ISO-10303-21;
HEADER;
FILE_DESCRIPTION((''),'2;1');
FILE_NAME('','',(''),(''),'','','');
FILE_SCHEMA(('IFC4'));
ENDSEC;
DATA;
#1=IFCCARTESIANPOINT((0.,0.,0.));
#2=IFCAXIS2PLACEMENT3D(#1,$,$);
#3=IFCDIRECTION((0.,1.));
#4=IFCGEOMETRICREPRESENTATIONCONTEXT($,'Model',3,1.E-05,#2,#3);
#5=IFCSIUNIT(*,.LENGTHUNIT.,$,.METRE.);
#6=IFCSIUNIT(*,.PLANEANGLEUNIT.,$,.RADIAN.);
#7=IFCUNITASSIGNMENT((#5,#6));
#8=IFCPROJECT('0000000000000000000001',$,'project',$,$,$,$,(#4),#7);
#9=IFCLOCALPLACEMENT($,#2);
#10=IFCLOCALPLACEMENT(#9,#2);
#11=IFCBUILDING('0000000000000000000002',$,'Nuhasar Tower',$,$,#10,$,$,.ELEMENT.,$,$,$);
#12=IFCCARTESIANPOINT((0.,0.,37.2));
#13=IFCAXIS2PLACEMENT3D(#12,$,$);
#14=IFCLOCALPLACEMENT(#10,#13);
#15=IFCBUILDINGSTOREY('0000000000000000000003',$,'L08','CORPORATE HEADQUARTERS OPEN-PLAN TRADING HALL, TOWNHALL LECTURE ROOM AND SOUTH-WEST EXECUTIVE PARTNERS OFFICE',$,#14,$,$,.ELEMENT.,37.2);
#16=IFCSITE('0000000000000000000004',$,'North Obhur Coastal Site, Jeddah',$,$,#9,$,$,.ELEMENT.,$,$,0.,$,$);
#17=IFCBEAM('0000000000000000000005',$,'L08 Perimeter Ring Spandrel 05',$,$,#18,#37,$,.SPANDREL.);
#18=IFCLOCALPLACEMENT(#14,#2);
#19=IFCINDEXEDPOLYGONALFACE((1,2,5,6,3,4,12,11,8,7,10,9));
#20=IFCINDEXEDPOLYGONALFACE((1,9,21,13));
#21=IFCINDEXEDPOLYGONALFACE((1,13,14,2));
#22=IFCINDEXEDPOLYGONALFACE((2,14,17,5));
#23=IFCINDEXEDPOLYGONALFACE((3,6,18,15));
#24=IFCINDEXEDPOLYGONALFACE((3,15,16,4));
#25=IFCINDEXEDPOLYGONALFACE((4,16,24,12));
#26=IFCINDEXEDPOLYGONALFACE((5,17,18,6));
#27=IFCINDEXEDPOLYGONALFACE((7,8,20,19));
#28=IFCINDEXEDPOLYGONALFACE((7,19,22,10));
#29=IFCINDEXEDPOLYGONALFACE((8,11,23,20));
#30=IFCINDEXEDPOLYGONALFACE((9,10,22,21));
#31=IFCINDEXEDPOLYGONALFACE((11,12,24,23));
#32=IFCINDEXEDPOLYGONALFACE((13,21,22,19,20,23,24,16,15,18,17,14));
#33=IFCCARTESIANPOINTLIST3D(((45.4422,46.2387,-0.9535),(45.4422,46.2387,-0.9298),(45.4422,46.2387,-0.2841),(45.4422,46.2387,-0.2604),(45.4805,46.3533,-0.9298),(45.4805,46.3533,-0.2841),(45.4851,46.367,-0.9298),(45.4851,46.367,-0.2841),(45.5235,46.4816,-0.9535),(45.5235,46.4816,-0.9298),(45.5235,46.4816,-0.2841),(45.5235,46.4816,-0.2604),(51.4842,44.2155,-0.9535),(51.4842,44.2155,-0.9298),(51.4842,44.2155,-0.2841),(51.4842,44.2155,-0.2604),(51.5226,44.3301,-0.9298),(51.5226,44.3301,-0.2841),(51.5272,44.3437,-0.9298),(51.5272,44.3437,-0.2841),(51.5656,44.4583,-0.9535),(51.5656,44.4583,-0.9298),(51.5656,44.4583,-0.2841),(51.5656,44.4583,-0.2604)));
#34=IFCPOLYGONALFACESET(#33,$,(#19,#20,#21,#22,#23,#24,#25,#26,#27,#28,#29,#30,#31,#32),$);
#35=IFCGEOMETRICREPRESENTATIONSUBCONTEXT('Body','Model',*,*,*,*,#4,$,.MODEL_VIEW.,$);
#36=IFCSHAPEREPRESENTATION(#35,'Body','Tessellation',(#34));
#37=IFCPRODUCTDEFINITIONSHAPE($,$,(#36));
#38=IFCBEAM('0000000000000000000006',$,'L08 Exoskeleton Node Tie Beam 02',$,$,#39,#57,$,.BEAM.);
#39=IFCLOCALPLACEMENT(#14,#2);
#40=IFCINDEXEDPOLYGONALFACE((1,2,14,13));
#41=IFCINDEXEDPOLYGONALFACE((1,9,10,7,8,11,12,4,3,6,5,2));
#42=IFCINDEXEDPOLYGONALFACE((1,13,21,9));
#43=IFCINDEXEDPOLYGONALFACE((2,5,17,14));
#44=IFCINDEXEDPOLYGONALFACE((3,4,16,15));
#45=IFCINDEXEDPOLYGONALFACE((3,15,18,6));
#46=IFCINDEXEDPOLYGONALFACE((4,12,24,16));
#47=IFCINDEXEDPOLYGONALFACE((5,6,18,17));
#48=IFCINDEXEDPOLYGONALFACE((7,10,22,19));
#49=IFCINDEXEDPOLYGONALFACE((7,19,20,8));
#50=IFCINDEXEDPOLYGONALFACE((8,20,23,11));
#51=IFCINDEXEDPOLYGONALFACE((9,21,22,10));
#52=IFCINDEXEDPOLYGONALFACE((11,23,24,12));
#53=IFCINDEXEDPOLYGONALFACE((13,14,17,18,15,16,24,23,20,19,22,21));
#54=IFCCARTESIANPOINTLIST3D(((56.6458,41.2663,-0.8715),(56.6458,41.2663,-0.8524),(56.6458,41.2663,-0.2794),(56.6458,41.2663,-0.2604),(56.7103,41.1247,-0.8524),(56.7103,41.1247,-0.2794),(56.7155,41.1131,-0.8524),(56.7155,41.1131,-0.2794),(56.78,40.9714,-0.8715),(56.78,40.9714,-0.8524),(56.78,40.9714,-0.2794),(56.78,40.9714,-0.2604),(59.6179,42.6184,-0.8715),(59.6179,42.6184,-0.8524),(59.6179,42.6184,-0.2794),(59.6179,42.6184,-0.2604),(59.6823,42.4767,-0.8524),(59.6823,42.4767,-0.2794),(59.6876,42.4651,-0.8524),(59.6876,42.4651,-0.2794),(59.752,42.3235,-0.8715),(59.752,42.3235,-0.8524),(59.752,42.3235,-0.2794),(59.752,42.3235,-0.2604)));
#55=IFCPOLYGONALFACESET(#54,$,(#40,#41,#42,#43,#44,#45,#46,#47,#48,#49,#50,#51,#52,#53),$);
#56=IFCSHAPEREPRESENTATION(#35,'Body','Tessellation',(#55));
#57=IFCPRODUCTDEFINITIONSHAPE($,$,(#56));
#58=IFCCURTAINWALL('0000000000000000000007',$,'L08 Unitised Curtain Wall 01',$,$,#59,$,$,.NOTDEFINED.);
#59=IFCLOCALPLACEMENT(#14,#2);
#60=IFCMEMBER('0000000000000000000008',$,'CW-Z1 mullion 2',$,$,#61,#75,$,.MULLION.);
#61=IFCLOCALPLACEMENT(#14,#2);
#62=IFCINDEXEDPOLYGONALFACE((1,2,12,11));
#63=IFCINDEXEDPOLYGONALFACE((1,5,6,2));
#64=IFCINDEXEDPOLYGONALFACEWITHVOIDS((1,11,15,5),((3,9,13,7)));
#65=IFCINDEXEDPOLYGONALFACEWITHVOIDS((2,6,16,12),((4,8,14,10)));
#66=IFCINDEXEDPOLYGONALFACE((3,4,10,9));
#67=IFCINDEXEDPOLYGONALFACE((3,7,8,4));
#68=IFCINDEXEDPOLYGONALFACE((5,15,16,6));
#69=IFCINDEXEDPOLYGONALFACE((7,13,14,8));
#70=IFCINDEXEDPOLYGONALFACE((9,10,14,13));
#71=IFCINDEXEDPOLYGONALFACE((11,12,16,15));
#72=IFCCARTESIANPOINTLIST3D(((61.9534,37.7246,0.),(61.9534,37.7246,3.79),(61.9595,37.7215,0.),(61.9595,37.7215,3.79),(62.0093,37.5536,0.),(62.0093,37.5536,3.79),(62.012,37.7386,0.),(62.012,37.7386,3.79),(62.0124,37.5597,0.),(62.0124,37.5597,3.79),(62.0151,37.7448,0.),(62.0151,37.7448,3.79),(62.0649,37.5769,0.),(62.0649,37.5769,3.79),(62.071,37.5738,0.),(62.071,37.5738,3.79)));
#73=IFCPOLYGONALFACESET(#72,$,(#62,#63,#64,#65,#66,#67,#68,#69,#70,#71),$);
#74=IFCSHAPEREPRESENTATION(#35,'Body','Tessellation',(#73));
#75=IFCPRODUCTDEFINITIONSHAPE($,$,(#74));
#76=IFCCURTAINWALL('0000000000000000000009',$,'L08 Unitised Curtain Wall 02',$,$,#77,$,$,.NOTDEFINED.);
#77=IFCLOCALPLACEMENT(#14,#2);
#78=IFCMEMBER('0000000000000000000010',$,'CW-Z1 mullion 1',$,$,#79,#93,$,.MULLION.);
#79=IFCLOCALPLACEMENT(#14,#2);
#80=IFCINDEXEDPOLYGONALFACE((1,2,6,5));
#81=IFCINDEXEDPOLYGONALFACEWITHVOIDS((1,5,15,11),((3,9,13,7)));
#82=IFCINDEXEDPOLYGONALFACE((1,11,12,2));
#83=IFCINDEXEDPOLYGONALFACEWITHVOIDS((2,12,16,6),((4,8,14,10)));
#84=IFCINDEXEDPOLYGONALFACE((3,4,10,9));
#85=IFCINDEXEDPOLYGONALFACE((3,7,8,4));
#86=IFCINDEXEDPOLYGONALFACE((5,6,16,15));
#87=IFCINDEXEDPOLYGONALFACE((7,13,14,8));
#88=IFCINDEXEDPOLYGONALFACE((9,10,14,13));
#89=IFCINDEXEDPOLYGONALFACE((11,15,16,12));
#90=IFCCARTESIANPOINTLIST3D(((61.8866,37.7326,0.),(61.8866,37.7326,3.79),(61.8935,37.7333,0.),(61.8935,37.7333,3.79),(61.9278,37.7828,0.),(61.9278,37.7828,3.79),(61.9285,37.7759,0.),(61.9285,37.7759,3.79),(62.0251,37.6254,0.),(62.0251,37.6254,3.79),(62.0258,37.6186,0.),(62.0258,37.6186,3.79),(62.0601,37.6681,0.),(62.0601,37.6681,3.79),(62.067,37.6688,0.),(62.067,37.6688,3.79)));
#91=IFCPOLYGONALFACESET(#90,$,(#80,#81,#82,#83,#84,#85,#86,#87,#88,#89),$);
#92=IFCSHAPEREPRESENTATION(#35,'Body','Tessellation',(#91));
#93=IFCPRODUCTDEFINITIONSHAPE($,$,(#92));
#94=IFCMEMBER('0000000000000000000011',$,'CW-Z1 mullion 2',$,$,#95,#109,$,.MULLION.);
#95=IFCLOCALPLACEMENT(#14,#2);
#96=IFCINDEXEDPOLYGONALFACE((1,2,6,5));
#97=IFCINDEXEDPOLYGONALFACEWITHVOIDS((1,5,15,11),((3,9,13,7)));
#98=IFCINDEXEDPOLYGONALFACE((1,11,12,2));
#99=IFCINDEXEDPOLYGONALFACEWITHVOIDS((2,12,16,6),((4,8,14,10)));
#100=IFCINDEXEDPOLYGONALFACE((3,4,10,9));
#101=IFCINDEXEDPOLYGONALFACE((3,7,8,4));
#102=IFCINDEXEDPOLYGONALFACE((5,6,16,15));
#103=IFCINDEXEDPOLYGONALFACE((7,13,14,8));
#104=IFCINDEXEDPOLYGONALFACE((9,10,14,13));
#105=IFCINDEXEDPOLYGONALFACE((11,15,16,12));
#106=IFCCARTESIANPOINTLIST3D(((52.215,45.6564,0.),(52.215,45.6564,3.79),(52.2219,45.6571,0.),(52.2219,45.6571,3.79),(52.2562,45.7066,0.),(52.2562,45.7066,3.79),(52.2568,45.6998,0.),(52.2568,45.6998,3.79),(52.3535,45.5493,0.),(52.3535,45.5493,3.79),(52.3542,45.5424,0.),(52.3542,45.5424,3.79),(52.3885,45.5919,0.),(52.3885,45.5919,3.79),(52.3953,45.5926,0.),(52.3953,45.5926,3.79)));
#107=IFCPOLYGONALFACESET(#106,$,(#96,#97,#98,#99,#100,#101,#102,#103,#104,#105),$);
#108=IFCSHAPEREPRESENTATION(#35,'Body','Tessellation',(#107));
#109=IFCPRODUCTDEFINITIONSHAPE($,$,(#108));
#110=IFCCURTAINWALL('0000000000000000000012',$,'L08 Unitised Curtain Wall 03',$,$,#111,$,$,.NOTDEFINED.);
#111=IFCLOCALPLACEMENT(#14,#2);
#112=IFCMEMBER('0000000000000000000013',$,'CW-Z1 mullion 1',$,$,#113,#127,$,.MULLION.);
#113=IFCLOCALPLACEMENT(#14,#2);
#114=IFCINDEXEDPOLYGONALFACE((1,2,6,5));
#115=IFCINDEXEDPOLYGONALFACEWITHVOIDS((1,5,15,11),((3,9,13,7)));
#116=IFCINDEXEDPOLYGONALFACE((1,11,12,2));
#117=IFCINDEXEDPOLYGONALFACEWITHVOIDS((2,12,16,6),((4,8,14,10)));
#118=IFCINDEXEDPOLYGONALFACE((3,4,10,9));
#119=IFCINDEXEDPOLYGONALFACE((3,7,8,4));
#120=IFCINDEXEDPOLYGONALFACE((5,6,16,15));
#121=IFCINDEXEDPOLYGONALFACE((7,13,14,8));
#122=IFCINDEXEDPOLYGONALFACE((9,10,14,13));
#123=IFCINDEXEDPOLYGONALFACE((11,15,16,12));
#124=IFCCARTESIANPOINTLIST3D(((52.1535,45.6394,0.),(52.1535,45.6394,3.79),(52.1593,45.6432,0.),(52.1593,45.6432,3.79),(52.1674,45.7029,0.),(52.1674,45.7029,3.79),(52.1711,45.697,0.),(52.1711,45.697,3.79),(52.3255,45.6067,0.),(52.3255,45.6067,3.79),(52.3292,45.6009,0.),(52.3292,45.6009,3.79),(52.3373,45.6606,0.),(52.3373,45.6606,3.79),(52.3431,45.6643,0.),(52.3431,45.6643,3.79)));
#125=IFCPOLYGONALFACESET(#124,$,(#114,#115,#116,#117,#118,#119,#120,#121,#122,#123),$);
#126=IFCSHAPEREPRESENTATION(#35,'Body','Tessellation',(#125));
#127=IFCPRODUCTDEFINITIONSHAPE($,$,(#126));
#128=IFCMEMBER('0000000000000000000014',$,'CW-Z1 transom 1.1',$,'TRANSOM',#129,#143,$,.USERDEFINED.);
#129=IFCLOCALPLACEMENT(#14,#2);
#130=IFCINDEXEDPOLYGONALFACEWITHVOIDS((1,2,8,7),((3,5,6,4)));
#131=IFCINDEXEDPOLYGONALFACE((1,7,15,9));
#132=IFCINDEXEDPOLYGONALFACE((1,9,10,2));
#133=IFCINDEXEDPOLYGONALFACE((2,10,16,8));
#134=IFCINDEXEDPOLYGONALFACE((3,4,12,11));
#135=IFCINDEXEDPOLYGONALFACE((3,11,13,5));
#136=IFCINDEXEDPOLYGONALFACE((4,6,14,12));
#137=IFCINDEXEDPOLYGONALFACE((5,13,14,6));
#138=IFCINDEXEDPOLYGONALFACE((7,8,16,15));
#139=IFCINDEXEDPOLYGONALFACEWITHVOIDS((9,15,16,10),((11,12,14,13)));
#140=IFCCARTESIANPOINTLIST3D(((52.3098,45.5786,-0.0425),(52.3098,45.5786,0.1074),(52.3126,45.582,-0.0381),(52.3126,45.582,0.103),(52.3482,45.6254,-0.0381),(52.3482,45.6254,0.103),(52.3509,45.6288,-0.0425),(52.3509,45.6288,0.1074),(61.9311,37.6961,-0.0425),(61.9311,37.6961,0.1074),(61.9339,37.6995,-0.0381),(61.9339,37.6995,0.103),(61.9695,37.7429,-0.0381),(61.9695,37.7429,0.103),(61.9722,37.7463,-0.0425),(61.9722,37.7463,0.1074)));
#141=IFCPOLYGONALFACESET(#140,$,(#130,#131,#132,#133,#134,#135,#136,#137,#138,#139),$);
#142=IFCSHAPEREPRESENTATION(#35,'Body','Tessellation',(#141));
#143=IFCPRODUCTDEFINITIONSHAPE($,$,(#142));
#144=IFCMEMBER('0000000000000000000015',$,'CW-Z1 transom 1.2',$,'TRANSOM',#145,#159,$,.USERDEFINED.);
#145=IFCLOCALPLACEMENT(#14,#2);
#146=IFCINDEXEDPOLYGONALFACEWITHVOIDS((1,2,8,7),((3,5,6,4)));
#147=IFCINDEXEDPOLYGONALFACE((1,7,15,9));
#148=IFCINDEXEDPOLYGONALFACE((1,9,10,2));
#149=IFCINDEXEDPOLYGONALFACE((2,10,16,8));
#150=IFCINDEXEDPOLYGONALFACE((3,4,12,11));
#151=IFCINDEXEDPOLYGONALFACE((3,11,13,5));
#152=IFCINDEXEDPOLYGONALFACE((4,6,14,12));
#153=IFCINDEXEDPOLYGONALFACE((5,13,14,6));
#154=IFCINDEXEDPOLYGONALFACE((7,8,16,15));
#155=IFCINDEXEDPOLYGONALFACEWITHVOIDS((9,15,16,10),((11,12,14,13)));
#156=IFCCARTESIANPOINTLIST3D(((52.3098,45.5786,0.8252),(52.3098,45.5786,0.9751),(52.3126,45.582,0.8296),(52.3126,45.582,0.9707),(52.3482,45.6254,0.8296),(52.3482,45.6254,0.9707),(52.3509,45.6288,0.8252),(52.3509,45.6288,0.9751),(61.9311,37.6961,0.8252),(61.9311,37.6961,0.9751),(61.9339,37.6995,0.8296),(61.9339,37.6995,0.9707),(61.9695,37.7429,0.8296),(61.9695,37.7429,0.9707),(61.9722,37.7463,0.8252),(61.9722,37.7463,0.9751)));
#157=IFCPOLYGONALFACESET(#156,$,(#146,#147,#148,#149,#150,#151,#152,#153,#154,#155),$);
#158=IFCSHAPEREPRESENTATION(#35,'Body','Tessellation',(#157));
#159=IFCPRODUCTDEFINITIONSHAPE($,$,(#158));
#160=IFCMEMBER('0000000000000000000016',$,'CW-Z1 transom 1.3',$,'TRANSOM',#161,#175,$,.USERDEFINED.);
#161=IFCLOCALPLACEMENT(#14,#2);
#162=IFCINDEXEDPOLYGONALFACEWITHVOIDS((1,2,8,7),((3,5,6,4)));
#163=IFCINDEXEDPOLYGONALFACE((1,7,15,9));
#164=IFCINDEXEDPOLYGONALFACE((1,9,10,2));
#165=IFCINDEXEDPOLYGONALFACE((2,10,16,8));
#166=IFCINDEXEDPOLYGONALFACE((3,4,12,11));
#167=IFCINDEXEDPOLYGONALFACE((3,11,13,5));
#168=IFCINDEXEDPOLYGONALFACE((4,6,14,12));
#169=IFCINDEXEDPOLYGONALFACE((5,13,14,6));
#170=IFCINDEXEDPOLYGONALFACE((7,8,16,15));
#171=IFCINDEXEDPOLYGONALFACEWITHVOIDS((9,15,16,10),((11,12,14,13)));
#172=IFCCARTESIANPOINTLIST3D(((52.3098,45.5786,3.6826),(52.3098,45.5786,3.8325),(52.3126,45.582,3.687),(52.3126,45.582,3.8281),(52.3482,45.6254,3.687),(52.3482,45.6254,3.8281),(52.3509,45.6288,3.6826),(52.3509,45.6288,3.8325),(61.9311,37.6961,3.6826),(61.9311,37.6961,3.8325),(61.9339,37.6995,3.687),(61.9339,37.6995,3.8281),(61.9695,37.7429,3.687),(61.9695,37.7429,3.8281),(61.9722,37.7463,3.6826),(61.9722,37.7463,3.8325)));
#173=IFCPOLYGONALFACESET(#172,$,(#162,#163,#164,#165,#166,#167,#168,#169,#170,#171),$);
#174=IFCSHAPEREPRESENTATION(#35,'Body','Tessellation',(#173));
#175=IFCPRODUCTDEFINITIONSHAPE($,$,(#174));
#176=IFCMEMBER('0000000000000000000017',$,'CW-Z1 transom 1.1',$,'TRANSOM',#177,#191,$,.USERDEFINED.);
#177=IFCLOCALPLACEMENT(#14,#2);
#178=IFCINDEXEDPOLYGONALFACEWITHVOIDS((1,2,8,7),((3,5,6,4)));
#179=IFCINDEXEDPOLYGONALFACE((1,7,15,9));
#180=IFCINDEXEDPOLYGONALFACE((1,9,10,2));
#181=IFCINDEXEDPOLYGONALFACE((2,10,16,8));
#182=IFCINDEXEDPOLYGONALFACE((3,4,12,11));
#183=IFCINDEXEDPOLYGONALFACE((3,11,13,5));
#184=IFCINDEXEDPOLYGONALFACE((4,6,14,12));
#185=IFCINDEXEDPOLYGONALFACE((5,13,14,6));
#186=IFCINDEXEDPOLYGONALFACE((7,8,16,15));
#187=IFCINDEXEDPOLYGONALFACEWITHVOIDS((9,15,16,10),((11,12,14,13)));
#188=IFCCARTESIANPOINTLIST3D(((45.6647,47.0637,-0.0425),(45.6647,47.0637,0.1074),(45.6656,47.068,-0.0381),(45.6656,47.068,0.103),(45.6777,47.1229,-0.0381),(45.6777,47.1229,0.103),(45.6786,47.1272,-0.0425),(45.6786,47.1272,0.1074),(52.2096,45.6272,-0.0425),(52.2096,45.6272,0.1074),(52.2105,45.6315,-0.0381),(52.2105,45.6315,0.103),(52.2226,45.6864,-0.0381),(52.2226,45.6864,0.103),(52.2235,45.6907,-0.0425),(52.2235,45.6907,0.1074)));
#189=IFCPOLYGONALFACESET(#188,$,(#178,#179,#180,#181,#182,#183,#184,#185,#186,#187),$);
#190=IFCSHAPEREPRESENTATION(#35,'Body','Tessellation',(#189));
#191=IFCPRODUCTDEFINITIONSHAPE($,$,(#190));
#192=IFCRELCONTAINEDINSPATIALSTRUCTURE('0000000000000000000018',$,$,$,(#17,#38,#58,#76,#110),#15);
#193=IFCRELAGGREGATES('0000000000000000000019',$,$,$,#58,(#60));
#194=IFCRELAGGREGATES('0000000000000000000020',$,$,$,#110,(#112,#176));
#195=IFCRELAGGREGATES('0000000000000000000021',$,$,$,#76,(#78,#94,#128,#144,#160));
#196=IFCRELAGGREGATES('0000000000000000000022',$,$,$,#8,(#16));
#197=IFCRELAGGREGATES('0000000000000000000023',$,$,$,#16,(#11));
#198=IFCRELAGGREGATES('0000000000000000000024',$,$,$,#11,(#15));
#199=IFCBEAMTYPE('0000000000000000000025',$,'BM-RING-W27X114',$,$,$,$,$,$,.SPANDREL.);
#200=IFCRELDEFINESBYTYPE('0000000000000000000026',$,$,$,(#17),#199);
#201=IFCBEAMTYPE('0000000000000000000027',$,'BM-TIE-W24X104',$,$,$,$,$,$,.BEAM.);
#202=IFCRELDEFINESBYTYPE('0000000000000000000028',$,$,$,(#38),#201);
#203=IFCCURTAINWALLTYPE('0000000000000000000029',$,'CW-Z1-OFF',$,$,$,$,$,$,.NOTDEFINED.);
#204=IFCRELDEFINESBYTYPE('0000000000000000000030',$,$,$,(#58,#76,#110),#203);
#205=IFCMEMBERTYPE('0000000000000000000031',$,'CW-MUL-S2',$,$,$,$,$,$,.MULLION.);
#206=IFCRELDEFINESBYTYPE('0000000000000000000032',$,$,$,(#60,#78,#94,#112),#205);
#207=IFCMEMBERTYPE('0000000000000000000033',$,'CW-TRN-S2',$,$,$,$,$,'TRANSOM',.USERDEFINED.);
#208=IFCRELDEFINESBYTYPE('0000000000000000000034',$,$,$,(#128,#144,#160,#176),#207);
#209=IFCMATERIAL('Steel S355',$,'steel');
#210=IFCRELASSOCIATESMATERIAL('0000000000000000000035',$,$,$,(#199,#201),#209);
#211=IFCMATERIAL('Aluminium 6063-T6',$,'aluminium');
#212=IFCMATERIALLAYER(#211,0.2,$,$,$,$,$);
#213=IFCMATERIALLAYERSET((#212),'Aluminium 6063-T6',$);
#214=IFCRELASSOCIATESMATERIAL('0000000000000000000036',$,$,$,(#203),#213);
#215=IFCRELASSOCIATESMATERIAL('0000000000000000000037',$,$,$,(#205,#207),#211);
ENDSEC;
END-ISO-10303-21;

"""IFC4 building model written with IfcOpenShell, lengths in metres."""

from ifc_helpers import new_model, si_unit, direction, frame, origin, origin_2d, place, context, subcontext, project, spatial, hollow_rectangle, i_section, extrude, material, layer, layer_set, material_profile, profile_set, type_object, element, aggregate, save


model = new_model("IFC4")

# Units and contexts
model_context = context("Model", 3, precision=1e-05, world=origin(), true_north=direction((0.0, 1.0)))
body_context = subcontext(model_context, "Body", "Model", "MODEL_VIEW")
ifc_project = project(units=[si_unit("LENGTHUNIT", "METRE"), si_unit("PLANEANGLEUNIT", "RADIAN")], contexts=[model_context])

# Site, building, storey
site_placement = place(None, origin())
site = spatial("IfcSite", under=ifc_project, at=site_placement, Name="North Obhur Coastal Site, Jeddah", CompositionType="ELEMENT", RefElevation=0.0)
building_placement = place(site_placement, origin())
building = spatial("IfcBuilding", under=site, at=building_placement, Name="Nuhasar Tower", CompositionType="ELEMENT")
storey_placement = place(building_placement, frame((0.0, 0.0, 37.2)))
storey = spatial("IfcBuildingStorey", under=building, at=storey_placement, Name="L08", Description="CORPORATE HEADQUARTERS OPEN-PLAN TRADING HALL, TOWNHALL LECTURE ROOM AND SOUTH-WEST EXECUTIVE PARTNERS OFFICE", CompositionType="ELEMENT", Elevation=37.2)

# Beams
ifc_material_1 = material(Name="Steel S355", Category="steel")
ifc_material_profile_1 = material_profile(ifc_material_1, i_section(OverallWidth=0.2561, OverallDepth=0.6931, WebThickness=0.0144, FlangeThickness=0.0237, at=origin_2d()), Name="W27X114")
ifc_profile_set_1 = profile_set([ifc_material_profile_1], Name="Steel S355")
beam_type_1 = type_object("IfcBeamType", Name="BM-RING-W27X114", PredefinedType="SPANDREL", material=ifc_profile_set_1)
beam_1_placement = place(storey_placement, frame((51.5249, 44.3369, -0.6069), z_axis=(-0.948249, 0.317526, 0.0), x_axis=(-0.317526, -0.948249, 0.0)))
element("IfcBeam", 1, at=beam_1_placement, inside=storey, type_object=beam_type_1, Name="L08 Perimeter Ring Spandrel 05", PredefinedType="SPANDREL", context=body_context, shape_type="SweptSolid", body=[
    extrude(i_section(OverallWidth=0.2561, OverallDepth=0.6931, WebThickness=0.0144, FlangeThickness=0.0237, at=origin_2d()), origin(), (0.0, 0.0, 1.0), 6.3718),
])
ifc_material_profile_2 = material_profile(ifc_material_1, i_section(OverallWidth=0.324, OverallDepth=0.6111, WebThickness=0.0127, FlangeThickness=0.019, at=origin_2d()), Name="W24X104")
ifc_profile_set_2 = profile_set([ifc_material_profile_2], Name="Steel S355")
beam_type_2 = type_object("IfcBeamType", Name="BM-TIE-W24X104", PredefinedType="BEAM", material=ifc_profile_set_2)
beam_2_placement = place(storey_placement, frame((56.7129, 41.1189, -0.5659), z_axis=(0.910244, 0.414073, 0.0), x_axis=(-0.414073, 0.910244, 0.0)))
element("IfcBeam", 2, at=beam_2_placement, inside=storey, type_object=beam_type_2, Name="L08 Exoskeleton Node Tie Beam 02", PredefinedType="BEAM", context=body_context, shape_type="SweptSolid", body=[
    extrude(i_section(OverallWidth=0.324, OverallDepth=0.6111, WebThickness=0.0127, FlangeThickness=0.019, at=origin_2d()), origin(), (0.0, 0.0, 1.0), 3.2651),
])

# Curtain wall, member
ifc_material_2 = material(Name="Aluminium 6063-T6", Category="aluminium")
ifc_layer_1 = layer(ifc_material_2, 0.2)
ifc_layer_set_1 = layer_set([ifc_layer_1], Name="Aluminium 6063-T6")
curtain_wall_type = type_object("IfcCurtainWallType", Name="CW-Z1-OFF", PredefinedType="NOTDEFINED", material=ifc_layer_set_1)
curtain_wall_1_placement = place(storey_placement, origin())
curtain_wall_1 = element("IfcCurtainWall", 3, at=curtain_wall_1_placement, inside=storey, type_object=curtain_wall_type, Name="L08 Unitised Curtain Wall 01", PredefinedType="NOTDEFINED")
ifc_material_profile_3 = material_profile(ifc_material_2, hollow_rectangle(XDim=0.0649, YDim=0.1799, WallThickness=0.0049, at=origin_2d()), Name="CWM-2")
ifc_profile_set_3 = profile_set([ifc_material_profile_3], Name="Aluminium 6063-T6")
member_type_1 = type_object("IfcMemberType", Name="CW-MUL-S2", PredefinedType="MULLION", material=ifc_profile_set_3)
member_1_placement = place(storey_placement, frame((62.0122, 37.6492, 0.0), z_axis=(0.0, 0.0, 1.0), x_axis=(-0.950468, -0.310824, 0.0)))
member_1 = element("IfcMember", 4, at=member_1_placement, type_object=member_type_1, Name="CW-Z1 mullion 2", PredefinedType="MULLION", context=body_context, shape_type="SweptSolid", body=[
    extrude(hollow_rectangle(XDim=0.0649, YDim=0.1799, WallThickness=0.0049, at=origin_2d()), origin(), (0.0, 0.0, 1.0), 3.79),
])
aggregate(curtain_wall_1, [member_1])

# Curtain wall, members
curtain_wall_2_placement = place(storey_placement, origin())
curtain_wall_2 = element("IfcCurtainWall", 5, at=curtain_wall_2_placement, inside=storey, type_object=curtain_wall_type, Name="L08 Unitised Curtain Wall 02", PredefinedType="NOTDEFINED")
member_2_placement = place(storey_placement, frame((61.9768, 37.7007, 0.0), z_axis=(0.0, 0.0, 1.0), x_axis=(-0.633745, -0.773542, 0.0)))
member_2 = element("IfcMember", 6, at=member_2_placement, type_object=member_type_1, Name="CW-Z1 mullion 1", PredefinedType="MULLION", context=body_context, shape_type="SweptSolid", body=[
    extrude(hollow_rectangle(XDim=0.0649, YDim=0.1799, WallThickness=0.0049, at=origin_2d()), origin(), (0.0, 0.0, 1.0), 3.79),
])
member_3_placement = place(storey_placement, frame((52.3052, 45.6245, 0.0), z_axis=(0.0, 0.0, 1.0), x_axis=(-0.633745, -0.773542, 0.0)))
member_3 = element("IfcMember", 7, at=member_3_placement, type_object=member_type_1, Name="CW-Z1 mullion 2", PredefinedType="MULLION", context=body_context, shape_type="SweptSolid", body=[
    extrude(hollow_rectangle(XDim=0.0649, YDim=0.1799, WallThickness=0.0049, at=origin_2d()), origin(), (0.0, 0.0, 1.0), 3.79),
])

# Curtain wall, member
curtain_wall_3_placement = place(storey_placement, origin())
curtain_wall_3 = element("IfcCurtainWall", 8, at=curtain_wall_3_placement, inside=storey, type_object=curtain_wall_type, Name="L08 Unitised Curtain Wall 03", PredefinedType="NOTDEFINED")
member_4_placement = place(storey_placement, frame((52.2483, 45.6519, 0.0), z_axis=(0.0, 0.0, 1.0), x_axis=(-0.214399, -0.976746, 0.0)))
member_4 = element("IfcMember", 9, at=member_4_placement, type_object=member_type_1, Name="CW-Z1 mullion 1", PredefinedType="MULLION", context=body_context, shape_type="SweptSolid", body=[
    extrude(hollow_rectangle(XDim=0.0649, YDim=0.1799, WallThickness=0.0049, at=origin_2d()), origin(), (0.0, 0.0, 1.0), 3.79),
])

# Members
ifc_material_profile_4 = material_profile(ifc_material_2, hollow_rectangle(XDim=0.0649, YDim=0.1499, WallThickness=0.0044, at=origin_2d()), Name="CWT-2")
ifc_profile_set_4 = profile_set([ifc_material_profile_4], Name="Aluminium 6063-T6")
member_type_2 = type_object("IfcMemberType", Name="CW-TRN-S2", ElementType="TRANSOM", PredefinedType="USERDEFINED", material=ifc_profile_set_4)
member_5_placement = place(storey_placement, frame((61.9517, 37.7212, 0.0325), z_axis=(-0.773541, 0.633746, 0.0), x_axis=(-0.633746, -0.773541, 0.0)))
member_5 = element("IfcMember", 10, at=member_5_placement, type_object=member_type_2, Name="CW-Z1 transom 1.1", ObjectType="TRANSOM", PredefinedType="USERDEFINED", context=body_context, shape_type="SweptSolid", body=[
    extrude(hollow_rectangle(XDim=0.0649, YDim=0.1499, WallThickness=0.0044, at=origin_2d()), origin(), (0.0, 0.0, 1.0), 12.438),
])
member_6_placement = place(storey_placement, frame((61.9517, 37.7212, 0.9001), z_axis=(-0.773541, 0.633746, 0.0), x_axis=(-0.633746, -0.773541, 0.0)))
member_6 = element("IfcMember", 11, at=member_6_placement, type_object=member_type_2, Name="CW-Z1 transom 1.2", ObjectType="TRANSOM", PredefinedType="USERDEFINED", context=body_context, shape_type="SweptSolid", body=[
    extrude(hollow_rectangle(XDim=0.0649, YDim=0.1499, WallThickness=0.0044, at=origin_2d()), origin(), (0.0, 0.0, 1.0), 12.438),
])
member_7_placement = place(storey_placement, frame((61.9517, 37.7212, 3.7576), z_axis=(-0.773541, 0.633746, 0.0), x_axis=(-0.633746, -0.773541, 0.0)))
member_7 = element("IfcMember", 12, at=member_7_placement, type_object=member_type_2, Name="CW-Z1 transom 1.3", ObjectType="TRANSOM", PredefinedType="USERDEFINED", context=body_context, shape_type="SweptSolid", body=[
    extrude(hollow_rectangle(XDim=0.0649, YDim=0.1499, WallThickness=0.0044, at=origin_2d()), origin(), (0.0, 0.0, 1.0), 12.438),
])
member_8_placement = place(storey_placement, frame((52.2166, 45.6589, 0.0325), z_axis=(-0.97675, 0.214384, 0.0), x_axis=(-0.214384, -0.97675, 0.0)))
member_8 = element("IfcMember", 13, at=member_8_placement, type_object=member_type_2, Name="CW-Z1 transom 1.1", ObjectType="TRANSOM", PredefinedType="USERDEFINED", context=body_context, shape_type="SweptSolid", body=[
    extrude(hollow_rectangle(XDim=0.0649, YDim=0.1499, WallThickness=0.0044, at=origin_2d()), origin(), (0.0, 0.0, 1.0), 6.7007),
])

aggregate(curtain_wall_3, [member_4, member_8])
aggregate(curtain_wall_2, [member_2, member_3, member_5, member_6, member_7])

save(model, "model.ifc")
